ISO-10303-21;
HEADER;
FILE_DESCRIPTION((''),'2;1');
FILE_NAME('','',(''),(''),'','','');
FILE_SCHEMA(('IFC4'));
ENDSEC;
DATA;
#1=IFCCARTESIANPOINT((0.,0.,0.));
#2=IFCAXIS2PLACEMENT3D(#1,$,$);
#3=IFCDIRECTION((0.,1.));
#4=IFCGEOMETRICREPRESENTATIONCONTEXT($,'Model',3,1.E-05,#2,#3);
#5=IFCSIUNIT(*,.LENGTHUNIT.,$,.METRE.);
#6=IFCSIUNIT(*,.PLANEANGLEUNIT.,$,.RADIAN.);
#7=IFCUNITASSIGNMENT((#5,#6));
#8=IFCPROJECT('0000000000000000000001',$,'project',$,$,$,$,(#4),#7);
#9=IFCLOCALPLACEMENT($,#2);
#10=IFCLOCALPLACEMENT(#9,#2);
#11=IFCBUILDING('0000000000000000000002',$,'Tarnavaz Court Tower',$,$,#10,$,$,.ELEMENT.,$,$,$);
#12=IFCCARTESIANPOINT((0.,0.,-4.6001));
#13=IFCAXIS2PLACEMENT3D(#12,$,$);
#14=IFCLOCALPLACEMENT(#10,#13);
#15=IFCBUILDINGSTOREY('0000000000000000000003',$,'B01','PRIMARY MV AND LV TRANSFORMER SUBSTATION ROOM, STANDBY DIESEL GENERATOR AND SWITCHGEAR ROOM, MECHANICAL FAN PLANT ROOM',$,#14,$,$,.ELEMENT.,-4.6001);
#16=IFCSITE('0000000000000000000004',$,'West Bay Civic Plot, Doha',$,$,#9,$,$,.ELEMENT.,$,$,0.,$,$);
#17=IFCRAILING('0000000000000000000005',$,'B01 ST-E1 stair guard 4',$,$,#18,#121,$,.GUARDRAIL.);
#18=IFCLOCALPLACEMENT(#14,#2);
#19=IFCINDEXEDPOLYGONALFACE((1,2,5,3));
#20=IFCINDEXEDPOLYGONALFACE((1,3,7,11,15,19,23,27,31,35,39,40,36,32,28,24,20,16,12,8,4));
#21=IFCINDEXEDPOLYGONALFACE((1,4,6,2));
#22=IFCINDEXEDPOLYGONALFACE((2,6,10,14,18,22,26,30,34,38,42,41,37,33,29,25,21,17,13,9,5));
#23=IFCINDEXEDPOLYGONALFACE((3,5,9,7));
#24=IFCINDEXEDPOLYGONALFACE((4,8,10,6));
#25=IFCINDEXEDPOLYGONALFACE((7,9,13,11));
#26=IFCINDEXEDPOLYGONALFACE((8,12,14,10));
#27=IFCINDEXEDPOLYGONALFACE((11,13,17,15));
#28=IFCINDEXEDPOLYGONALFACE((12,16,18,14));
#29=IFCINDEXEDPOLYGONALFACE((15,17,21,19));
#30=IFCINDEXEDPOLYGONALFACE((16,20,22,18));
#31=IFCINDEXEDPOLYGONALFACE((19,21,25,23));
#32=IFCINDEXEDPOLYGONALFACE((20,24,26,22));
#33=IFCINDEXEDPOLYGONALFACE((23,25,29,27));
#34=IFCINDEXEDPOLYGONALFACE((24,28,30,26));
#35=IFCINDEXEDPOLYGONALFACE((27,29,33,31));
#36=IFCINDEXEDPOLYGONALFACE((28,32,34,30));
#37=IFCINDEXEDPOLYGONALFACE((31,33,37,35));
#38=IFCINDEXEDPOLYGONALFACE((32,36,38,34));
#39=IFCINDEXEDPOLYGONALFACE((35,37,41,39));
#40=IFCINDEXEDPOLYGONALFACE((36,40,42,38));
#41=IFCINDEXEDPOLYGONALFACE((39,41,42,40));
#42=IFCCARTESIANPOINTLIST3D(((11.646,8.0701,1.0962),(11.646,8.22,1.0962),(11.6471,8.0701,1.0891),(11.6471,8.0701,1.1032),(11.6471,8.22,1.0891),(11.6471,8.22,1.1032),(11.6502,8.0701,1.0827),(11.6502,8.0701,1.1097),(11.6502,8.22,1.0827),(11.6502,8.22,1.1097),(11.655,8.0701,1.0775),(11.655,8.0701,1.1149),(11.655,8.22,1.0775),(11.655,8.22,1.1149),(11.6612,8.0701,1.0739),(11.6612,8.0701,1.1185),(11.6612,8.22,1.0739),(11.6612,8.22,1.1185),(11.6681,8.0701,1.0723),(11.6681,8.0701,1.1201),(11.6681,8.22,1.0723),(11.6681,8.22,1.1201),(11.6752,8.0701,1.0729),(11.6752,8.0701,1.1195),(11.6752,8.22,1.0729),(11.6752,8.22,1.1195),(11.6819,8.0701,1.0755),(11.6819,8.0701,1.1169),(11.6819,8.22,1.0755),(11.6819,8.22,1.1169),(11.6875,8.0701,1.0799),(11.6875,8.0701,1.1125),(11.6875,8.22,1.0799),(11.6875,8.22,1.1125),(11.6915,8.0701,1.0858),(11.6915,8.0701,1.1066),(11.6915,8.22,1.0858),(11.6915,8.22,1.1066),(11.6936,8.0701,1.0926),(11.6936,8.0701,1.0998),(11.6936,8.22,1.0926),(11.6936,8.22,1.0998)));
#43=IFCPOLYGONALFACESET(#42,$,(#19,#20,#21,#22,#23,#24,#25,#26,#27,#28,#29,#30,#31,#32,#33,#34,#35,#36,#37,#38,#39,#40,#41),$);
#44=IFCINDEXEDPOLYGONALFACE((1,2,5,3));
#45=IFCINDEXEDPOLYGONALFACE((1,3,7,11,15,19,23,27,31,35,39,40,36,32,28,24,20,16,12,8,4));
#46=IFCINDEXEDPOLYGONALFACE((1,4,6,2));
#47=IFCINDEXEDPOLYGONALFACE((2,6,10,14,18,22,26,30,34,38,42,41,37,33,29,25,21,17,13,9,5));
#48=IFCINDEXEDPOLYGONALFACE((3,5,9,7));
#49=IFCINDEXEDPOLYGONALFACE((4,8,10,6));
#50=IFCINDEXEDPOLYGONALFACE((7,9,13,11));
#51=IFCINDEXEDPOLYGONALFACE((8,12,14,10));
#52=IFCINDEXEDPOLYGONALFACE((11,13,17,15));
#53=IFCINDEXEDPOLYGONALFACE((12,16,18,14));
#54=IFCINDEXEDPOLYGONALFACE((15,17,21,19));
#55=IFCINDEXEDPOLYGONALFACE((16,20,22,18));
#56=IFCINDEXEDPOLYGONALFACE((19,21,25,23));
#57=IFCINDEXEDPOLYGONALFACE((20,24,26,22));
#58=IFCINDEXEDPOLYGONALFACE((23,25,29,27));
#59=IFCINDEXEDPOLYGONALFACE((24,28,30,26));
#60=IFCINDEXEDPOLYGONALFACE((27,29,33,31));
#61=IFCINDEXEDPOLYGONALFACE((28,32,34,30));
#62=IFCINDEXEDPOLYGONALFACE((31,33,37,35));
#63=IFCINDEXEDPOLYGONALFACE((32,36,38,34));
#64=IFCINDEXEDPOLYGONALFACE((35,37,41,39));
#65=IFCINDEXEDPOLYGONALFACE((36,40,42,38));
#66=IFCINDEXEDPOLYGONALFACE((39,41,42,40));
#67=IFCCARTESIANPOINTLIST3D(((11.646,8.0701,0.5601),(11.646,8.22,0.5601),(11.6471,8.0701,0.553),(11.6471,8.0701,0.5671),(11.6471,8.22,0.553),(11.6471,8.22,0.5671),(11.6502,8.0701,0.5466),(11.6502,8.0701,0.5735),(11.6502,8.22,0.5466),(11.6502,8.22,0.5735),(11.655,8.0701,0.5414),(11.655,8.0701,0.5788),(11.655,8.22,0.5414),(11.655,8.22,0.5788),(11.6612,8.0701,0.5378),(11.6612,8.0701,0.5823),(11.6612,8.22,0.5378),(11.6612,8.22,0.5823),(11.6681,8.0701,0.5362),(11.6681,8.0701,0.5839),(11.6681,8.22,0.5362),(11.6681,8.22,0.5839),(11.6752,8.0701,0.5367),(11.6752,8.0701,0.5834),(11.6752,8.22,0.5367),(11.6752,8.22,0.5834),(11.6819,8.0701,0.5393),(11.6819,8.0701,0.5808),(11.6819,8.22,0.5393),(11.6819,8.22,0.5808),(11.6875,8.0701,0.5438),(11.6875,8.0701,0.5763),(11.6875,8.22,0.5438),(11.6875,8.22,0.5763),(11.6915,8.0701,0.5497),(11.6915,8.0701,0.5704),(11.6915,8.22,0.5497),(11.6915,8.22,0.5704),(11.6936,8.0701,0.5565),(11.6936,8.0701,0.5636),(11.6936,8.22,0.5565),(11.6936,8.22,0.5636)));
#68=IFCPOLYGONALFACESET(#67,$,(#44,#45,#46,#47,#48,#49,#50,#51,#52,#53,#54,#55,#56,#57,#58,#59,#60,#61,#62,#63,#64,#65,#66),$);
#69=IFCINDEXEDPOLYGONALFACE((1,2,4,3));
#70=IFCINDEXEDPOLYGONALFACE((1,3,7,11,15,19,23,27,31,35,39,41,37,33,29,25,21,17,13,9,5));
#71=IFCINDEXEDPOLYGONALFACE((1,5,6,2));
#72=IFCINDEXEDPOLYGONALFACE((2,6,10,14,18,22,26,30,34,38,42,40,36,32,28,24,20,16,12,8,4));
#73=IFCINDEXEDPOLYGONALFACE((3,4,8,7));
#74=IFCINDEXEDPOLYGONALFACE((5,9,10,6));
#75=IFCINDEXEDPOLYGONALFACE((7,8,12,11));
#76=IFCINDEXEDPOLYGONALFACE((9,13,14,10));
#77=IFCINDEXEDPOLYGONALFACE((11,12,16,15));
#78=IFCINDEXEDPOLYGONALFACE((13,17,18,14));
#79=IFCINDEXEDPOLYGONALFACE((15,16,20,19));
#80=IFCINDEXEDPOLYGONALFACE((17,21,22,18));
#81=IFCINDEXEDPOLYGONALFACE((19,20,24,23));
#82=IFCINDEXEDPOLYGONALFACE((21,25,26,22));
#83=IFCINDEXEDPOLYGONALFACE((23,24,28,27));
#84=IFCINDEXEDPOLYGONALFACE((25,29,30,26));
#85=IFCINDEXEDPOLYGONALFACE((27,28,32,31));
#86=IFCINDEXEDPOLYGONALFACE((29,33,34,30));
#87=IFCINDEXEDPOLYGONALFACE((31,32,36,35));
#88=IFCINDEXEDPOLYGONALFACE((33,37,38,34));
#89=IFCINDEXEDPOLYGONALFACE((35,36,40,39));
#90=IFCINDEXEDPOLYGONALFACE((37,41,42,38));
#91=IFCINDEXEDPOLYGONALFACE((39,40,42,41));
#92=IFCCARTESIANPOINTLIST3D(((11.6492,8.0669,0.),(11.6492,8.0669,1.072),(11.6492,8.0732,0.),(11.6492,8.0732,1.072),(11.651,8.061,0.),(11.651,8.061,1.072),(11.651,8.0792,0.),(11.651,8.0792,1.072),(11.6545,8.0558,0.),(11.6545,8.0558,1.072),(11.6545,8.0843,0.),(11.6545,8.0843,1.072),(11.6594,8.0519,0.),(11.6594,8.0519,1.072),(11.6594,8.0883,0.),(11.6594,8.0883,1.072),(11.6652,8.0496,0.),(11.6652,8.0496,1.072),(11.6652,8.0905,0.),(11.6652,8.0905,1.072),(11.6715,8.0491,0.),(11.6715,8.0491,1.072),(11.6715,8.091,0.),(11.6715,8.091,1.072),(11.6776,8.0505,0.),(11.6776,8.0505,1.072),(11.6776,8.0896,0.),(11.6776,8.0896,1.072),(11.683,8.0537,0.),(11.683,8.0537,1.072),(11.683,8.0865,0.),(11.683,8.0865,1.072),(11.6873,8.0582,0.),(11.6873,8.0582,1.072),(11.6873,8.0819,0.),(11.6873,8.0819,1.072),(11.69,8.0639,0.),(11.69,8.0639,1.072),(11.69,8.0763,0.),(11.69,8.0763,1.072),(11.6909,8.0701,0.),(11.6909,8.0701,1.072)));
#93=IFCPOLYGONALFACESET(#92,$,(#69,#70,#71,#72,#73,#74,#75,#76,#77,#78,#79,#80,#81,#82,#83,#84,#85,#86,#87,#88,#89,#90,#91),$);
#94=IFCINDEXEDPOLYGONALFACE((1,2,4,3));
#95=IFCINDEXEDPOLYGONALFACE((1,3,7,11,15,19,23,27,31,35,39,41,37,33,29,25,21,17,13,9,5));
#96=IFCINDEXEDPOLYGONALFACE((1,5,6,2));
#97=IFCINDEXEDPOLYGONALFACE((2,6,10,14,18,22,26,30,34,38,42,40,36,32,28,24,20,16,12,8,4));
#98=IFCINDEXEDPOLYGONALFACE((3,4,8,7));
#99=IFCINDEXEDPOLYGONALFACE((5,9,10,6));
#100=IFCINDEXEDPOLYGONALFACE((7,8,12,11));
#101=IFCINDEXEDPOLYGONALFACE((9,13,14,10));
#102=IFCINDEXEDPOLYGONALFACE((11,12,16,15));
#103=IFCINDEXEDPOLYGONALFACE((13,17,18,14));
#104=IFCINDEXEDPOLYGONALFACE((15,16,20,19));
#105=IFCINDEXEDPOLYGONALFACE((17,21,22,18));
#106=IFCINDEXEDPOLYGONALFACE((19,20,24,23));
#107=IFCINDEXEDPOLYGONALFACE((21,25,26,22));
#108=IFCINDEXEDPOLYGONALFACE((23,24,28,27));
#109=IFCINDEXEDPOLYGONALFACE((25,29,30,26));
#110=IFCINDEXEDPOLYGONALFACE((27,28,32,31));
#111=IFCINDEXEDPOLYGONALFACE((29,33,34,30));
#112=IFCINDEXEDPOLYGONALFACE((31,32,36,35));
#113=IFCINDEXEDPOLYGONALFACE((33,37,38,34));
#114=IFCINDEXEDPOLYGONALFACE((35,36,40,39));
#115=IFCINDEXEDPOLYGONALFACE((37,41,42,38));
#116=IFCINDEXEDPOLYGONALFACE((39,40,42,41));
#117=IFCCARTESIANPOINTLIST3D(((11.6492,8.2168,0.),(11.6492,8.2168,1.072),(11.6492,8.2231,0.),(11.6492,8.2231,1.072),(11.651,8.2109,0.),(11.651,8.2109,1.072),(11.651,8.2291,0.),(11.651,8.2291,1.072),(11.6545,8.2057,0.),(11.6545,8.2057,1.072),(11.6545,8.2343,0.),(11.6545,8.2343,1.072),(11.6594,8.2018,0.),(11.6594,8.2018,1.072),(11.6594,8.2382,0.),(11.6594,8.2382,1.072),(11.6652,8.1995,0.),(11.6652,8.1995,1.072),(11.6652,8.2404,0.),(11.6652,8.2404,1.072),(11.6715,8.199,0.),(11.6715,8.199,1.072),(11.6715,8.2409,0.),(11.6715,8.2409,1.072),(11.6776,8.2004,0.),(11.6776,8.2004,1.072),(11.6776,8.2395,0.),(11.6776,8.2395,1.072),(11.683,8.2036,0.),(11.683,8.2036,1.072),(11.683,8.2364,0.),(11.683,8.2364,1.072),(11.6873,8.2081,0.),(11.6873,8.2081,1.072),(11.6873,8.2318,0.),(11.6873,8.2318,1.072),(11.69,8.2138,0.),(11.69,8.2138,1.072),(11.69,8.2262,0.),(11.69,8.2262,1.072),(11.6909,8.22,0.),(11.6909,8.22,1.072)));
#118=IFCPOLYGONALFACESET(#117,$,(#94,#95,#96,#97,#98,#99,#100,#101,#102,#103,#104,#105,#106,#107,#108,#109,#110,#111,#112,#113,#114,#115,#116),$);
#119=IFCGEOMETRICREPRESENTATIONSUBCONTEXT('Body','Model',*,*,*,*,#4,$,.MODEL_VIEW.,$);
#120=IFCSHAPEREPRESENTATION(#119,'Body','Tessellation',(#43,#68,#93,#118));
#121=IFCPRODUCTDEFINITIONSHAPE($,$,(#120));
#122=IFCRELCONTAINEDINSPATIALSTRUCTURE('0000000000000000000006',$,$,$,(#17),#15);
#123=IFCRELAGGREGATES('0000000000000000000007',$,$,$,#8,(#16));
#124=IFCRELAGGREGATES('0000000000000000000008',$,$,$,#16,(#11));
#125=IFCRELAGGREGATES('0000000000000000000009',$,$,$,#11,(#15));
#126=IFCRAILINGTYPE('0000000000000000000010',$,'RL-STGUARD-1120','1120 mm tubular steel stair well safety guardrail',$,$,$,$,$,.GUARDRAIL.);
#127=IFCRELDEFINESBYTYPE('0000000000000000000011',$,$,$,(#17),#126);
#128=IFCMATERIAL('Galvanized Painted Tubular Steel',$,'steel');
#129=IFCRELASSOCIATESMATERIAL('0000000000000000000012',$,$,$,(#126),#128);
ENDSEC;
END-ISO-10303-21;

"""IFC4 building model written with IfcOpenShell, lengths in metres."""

from ifc_helpers import new_model, si_unit, direction, frame, origin, origin_2d, place, context, subcontext, project, spatial, circle, extrude, material, type_object, element, save


model = new_model("IFC4")

# Units and contexts
model_context = context("Model", 3, precision=1e-05, world=origin(), true_north=direction((0.0, 1.0)))
body_context = subcontext(model_context, "Body", "Model", "MODEL_VIEW")
ifc_project = project(units=[si_unit("LENGTHUNIT", "METRE"), si_unit("PLANEANGLEUNIT", "RADIAN")], contexts=[model_context])

# Site, building, storey
site_placement = place(None, origin())
site = spatial("IfcSite", under=ifc_project, at=site_placement, Name="West Bay Civic Plot, Doha", CompositionType="ELEMENT", RefElevation=0.0)
building_placement = place(site_placement, origin())
building = spatial("IfcBuilding", under=site, at=building_placement, Name="Tarnavaz Court Tower", CompositionType="ELEMENT")
storey_placement = place(building_placement, frame((0.0, 0.0, -4.6001)))
storey = spatial("IfcBuildingStorey", under=building, at=storey_placement, Name="B01", Description="PRIMARY MV AND LV TRANSFORMER SUBSTATION ROOM, STANDBY DIESEL GENERATOR AND SWITCHGEAR ROOM, MECHANICAL FAN PLANT ROOM", CompositionType="ELEMENT", Elevation=-4.6001)

# Railing
ifc_material_1 = material(Name="Galvanized Painted Tubular Steel", Category="steel")
railing_type_1 = type_object("IfcRailingType", Name="RL-STGUARD-1120", Description="1120 mm tubular steel stair well safety guardrail", PredefinedType="GUARDRAIL", material=ifc_material_1)
railing_1_placement = place(storey_placement, frame((11.6699, 8.0701, 0.0)))
element("IfcRailing", 1, at=railing_1_placement, inside=storey, type_object=railing_type_1, Name="B01 ST-E1 stair guard 4", PredefinedType="GUARDRAIL", context=body_context, shape_type="SweptSolid", body=[
    extrude(circle(Radius=0.0239, at=origin_2d()), frame((0.0, 0.0, 1.0962), z_axis=(0.0, 1.0, 0.0), x_axis=(-1.0, 0.0, 0.0)), (0.0, 0.0, 1.0), 0.1499),
    extrude(circle(Radius=0.0239, at=origin_2d()), frame((0.0, 0.0, 0.5601), z_axis=(0.0, 1.0, 0.0), x_axis=(-1.0, 0.0, 0.0)), (0.0, 0.0, 1.0), 0.1499),
    extrude(circle(Radius=0.021, at=origin_2d()), origin(), (0.0, 0.0, 1.0), 1.072),
    extrude(circle(Radius=0.021, at=origin_2d()), frame((0.0, 0.1499, 0.0)), (0.0, 0.0, 1.0), 1.072),
])

save(model, "model.ifc")
